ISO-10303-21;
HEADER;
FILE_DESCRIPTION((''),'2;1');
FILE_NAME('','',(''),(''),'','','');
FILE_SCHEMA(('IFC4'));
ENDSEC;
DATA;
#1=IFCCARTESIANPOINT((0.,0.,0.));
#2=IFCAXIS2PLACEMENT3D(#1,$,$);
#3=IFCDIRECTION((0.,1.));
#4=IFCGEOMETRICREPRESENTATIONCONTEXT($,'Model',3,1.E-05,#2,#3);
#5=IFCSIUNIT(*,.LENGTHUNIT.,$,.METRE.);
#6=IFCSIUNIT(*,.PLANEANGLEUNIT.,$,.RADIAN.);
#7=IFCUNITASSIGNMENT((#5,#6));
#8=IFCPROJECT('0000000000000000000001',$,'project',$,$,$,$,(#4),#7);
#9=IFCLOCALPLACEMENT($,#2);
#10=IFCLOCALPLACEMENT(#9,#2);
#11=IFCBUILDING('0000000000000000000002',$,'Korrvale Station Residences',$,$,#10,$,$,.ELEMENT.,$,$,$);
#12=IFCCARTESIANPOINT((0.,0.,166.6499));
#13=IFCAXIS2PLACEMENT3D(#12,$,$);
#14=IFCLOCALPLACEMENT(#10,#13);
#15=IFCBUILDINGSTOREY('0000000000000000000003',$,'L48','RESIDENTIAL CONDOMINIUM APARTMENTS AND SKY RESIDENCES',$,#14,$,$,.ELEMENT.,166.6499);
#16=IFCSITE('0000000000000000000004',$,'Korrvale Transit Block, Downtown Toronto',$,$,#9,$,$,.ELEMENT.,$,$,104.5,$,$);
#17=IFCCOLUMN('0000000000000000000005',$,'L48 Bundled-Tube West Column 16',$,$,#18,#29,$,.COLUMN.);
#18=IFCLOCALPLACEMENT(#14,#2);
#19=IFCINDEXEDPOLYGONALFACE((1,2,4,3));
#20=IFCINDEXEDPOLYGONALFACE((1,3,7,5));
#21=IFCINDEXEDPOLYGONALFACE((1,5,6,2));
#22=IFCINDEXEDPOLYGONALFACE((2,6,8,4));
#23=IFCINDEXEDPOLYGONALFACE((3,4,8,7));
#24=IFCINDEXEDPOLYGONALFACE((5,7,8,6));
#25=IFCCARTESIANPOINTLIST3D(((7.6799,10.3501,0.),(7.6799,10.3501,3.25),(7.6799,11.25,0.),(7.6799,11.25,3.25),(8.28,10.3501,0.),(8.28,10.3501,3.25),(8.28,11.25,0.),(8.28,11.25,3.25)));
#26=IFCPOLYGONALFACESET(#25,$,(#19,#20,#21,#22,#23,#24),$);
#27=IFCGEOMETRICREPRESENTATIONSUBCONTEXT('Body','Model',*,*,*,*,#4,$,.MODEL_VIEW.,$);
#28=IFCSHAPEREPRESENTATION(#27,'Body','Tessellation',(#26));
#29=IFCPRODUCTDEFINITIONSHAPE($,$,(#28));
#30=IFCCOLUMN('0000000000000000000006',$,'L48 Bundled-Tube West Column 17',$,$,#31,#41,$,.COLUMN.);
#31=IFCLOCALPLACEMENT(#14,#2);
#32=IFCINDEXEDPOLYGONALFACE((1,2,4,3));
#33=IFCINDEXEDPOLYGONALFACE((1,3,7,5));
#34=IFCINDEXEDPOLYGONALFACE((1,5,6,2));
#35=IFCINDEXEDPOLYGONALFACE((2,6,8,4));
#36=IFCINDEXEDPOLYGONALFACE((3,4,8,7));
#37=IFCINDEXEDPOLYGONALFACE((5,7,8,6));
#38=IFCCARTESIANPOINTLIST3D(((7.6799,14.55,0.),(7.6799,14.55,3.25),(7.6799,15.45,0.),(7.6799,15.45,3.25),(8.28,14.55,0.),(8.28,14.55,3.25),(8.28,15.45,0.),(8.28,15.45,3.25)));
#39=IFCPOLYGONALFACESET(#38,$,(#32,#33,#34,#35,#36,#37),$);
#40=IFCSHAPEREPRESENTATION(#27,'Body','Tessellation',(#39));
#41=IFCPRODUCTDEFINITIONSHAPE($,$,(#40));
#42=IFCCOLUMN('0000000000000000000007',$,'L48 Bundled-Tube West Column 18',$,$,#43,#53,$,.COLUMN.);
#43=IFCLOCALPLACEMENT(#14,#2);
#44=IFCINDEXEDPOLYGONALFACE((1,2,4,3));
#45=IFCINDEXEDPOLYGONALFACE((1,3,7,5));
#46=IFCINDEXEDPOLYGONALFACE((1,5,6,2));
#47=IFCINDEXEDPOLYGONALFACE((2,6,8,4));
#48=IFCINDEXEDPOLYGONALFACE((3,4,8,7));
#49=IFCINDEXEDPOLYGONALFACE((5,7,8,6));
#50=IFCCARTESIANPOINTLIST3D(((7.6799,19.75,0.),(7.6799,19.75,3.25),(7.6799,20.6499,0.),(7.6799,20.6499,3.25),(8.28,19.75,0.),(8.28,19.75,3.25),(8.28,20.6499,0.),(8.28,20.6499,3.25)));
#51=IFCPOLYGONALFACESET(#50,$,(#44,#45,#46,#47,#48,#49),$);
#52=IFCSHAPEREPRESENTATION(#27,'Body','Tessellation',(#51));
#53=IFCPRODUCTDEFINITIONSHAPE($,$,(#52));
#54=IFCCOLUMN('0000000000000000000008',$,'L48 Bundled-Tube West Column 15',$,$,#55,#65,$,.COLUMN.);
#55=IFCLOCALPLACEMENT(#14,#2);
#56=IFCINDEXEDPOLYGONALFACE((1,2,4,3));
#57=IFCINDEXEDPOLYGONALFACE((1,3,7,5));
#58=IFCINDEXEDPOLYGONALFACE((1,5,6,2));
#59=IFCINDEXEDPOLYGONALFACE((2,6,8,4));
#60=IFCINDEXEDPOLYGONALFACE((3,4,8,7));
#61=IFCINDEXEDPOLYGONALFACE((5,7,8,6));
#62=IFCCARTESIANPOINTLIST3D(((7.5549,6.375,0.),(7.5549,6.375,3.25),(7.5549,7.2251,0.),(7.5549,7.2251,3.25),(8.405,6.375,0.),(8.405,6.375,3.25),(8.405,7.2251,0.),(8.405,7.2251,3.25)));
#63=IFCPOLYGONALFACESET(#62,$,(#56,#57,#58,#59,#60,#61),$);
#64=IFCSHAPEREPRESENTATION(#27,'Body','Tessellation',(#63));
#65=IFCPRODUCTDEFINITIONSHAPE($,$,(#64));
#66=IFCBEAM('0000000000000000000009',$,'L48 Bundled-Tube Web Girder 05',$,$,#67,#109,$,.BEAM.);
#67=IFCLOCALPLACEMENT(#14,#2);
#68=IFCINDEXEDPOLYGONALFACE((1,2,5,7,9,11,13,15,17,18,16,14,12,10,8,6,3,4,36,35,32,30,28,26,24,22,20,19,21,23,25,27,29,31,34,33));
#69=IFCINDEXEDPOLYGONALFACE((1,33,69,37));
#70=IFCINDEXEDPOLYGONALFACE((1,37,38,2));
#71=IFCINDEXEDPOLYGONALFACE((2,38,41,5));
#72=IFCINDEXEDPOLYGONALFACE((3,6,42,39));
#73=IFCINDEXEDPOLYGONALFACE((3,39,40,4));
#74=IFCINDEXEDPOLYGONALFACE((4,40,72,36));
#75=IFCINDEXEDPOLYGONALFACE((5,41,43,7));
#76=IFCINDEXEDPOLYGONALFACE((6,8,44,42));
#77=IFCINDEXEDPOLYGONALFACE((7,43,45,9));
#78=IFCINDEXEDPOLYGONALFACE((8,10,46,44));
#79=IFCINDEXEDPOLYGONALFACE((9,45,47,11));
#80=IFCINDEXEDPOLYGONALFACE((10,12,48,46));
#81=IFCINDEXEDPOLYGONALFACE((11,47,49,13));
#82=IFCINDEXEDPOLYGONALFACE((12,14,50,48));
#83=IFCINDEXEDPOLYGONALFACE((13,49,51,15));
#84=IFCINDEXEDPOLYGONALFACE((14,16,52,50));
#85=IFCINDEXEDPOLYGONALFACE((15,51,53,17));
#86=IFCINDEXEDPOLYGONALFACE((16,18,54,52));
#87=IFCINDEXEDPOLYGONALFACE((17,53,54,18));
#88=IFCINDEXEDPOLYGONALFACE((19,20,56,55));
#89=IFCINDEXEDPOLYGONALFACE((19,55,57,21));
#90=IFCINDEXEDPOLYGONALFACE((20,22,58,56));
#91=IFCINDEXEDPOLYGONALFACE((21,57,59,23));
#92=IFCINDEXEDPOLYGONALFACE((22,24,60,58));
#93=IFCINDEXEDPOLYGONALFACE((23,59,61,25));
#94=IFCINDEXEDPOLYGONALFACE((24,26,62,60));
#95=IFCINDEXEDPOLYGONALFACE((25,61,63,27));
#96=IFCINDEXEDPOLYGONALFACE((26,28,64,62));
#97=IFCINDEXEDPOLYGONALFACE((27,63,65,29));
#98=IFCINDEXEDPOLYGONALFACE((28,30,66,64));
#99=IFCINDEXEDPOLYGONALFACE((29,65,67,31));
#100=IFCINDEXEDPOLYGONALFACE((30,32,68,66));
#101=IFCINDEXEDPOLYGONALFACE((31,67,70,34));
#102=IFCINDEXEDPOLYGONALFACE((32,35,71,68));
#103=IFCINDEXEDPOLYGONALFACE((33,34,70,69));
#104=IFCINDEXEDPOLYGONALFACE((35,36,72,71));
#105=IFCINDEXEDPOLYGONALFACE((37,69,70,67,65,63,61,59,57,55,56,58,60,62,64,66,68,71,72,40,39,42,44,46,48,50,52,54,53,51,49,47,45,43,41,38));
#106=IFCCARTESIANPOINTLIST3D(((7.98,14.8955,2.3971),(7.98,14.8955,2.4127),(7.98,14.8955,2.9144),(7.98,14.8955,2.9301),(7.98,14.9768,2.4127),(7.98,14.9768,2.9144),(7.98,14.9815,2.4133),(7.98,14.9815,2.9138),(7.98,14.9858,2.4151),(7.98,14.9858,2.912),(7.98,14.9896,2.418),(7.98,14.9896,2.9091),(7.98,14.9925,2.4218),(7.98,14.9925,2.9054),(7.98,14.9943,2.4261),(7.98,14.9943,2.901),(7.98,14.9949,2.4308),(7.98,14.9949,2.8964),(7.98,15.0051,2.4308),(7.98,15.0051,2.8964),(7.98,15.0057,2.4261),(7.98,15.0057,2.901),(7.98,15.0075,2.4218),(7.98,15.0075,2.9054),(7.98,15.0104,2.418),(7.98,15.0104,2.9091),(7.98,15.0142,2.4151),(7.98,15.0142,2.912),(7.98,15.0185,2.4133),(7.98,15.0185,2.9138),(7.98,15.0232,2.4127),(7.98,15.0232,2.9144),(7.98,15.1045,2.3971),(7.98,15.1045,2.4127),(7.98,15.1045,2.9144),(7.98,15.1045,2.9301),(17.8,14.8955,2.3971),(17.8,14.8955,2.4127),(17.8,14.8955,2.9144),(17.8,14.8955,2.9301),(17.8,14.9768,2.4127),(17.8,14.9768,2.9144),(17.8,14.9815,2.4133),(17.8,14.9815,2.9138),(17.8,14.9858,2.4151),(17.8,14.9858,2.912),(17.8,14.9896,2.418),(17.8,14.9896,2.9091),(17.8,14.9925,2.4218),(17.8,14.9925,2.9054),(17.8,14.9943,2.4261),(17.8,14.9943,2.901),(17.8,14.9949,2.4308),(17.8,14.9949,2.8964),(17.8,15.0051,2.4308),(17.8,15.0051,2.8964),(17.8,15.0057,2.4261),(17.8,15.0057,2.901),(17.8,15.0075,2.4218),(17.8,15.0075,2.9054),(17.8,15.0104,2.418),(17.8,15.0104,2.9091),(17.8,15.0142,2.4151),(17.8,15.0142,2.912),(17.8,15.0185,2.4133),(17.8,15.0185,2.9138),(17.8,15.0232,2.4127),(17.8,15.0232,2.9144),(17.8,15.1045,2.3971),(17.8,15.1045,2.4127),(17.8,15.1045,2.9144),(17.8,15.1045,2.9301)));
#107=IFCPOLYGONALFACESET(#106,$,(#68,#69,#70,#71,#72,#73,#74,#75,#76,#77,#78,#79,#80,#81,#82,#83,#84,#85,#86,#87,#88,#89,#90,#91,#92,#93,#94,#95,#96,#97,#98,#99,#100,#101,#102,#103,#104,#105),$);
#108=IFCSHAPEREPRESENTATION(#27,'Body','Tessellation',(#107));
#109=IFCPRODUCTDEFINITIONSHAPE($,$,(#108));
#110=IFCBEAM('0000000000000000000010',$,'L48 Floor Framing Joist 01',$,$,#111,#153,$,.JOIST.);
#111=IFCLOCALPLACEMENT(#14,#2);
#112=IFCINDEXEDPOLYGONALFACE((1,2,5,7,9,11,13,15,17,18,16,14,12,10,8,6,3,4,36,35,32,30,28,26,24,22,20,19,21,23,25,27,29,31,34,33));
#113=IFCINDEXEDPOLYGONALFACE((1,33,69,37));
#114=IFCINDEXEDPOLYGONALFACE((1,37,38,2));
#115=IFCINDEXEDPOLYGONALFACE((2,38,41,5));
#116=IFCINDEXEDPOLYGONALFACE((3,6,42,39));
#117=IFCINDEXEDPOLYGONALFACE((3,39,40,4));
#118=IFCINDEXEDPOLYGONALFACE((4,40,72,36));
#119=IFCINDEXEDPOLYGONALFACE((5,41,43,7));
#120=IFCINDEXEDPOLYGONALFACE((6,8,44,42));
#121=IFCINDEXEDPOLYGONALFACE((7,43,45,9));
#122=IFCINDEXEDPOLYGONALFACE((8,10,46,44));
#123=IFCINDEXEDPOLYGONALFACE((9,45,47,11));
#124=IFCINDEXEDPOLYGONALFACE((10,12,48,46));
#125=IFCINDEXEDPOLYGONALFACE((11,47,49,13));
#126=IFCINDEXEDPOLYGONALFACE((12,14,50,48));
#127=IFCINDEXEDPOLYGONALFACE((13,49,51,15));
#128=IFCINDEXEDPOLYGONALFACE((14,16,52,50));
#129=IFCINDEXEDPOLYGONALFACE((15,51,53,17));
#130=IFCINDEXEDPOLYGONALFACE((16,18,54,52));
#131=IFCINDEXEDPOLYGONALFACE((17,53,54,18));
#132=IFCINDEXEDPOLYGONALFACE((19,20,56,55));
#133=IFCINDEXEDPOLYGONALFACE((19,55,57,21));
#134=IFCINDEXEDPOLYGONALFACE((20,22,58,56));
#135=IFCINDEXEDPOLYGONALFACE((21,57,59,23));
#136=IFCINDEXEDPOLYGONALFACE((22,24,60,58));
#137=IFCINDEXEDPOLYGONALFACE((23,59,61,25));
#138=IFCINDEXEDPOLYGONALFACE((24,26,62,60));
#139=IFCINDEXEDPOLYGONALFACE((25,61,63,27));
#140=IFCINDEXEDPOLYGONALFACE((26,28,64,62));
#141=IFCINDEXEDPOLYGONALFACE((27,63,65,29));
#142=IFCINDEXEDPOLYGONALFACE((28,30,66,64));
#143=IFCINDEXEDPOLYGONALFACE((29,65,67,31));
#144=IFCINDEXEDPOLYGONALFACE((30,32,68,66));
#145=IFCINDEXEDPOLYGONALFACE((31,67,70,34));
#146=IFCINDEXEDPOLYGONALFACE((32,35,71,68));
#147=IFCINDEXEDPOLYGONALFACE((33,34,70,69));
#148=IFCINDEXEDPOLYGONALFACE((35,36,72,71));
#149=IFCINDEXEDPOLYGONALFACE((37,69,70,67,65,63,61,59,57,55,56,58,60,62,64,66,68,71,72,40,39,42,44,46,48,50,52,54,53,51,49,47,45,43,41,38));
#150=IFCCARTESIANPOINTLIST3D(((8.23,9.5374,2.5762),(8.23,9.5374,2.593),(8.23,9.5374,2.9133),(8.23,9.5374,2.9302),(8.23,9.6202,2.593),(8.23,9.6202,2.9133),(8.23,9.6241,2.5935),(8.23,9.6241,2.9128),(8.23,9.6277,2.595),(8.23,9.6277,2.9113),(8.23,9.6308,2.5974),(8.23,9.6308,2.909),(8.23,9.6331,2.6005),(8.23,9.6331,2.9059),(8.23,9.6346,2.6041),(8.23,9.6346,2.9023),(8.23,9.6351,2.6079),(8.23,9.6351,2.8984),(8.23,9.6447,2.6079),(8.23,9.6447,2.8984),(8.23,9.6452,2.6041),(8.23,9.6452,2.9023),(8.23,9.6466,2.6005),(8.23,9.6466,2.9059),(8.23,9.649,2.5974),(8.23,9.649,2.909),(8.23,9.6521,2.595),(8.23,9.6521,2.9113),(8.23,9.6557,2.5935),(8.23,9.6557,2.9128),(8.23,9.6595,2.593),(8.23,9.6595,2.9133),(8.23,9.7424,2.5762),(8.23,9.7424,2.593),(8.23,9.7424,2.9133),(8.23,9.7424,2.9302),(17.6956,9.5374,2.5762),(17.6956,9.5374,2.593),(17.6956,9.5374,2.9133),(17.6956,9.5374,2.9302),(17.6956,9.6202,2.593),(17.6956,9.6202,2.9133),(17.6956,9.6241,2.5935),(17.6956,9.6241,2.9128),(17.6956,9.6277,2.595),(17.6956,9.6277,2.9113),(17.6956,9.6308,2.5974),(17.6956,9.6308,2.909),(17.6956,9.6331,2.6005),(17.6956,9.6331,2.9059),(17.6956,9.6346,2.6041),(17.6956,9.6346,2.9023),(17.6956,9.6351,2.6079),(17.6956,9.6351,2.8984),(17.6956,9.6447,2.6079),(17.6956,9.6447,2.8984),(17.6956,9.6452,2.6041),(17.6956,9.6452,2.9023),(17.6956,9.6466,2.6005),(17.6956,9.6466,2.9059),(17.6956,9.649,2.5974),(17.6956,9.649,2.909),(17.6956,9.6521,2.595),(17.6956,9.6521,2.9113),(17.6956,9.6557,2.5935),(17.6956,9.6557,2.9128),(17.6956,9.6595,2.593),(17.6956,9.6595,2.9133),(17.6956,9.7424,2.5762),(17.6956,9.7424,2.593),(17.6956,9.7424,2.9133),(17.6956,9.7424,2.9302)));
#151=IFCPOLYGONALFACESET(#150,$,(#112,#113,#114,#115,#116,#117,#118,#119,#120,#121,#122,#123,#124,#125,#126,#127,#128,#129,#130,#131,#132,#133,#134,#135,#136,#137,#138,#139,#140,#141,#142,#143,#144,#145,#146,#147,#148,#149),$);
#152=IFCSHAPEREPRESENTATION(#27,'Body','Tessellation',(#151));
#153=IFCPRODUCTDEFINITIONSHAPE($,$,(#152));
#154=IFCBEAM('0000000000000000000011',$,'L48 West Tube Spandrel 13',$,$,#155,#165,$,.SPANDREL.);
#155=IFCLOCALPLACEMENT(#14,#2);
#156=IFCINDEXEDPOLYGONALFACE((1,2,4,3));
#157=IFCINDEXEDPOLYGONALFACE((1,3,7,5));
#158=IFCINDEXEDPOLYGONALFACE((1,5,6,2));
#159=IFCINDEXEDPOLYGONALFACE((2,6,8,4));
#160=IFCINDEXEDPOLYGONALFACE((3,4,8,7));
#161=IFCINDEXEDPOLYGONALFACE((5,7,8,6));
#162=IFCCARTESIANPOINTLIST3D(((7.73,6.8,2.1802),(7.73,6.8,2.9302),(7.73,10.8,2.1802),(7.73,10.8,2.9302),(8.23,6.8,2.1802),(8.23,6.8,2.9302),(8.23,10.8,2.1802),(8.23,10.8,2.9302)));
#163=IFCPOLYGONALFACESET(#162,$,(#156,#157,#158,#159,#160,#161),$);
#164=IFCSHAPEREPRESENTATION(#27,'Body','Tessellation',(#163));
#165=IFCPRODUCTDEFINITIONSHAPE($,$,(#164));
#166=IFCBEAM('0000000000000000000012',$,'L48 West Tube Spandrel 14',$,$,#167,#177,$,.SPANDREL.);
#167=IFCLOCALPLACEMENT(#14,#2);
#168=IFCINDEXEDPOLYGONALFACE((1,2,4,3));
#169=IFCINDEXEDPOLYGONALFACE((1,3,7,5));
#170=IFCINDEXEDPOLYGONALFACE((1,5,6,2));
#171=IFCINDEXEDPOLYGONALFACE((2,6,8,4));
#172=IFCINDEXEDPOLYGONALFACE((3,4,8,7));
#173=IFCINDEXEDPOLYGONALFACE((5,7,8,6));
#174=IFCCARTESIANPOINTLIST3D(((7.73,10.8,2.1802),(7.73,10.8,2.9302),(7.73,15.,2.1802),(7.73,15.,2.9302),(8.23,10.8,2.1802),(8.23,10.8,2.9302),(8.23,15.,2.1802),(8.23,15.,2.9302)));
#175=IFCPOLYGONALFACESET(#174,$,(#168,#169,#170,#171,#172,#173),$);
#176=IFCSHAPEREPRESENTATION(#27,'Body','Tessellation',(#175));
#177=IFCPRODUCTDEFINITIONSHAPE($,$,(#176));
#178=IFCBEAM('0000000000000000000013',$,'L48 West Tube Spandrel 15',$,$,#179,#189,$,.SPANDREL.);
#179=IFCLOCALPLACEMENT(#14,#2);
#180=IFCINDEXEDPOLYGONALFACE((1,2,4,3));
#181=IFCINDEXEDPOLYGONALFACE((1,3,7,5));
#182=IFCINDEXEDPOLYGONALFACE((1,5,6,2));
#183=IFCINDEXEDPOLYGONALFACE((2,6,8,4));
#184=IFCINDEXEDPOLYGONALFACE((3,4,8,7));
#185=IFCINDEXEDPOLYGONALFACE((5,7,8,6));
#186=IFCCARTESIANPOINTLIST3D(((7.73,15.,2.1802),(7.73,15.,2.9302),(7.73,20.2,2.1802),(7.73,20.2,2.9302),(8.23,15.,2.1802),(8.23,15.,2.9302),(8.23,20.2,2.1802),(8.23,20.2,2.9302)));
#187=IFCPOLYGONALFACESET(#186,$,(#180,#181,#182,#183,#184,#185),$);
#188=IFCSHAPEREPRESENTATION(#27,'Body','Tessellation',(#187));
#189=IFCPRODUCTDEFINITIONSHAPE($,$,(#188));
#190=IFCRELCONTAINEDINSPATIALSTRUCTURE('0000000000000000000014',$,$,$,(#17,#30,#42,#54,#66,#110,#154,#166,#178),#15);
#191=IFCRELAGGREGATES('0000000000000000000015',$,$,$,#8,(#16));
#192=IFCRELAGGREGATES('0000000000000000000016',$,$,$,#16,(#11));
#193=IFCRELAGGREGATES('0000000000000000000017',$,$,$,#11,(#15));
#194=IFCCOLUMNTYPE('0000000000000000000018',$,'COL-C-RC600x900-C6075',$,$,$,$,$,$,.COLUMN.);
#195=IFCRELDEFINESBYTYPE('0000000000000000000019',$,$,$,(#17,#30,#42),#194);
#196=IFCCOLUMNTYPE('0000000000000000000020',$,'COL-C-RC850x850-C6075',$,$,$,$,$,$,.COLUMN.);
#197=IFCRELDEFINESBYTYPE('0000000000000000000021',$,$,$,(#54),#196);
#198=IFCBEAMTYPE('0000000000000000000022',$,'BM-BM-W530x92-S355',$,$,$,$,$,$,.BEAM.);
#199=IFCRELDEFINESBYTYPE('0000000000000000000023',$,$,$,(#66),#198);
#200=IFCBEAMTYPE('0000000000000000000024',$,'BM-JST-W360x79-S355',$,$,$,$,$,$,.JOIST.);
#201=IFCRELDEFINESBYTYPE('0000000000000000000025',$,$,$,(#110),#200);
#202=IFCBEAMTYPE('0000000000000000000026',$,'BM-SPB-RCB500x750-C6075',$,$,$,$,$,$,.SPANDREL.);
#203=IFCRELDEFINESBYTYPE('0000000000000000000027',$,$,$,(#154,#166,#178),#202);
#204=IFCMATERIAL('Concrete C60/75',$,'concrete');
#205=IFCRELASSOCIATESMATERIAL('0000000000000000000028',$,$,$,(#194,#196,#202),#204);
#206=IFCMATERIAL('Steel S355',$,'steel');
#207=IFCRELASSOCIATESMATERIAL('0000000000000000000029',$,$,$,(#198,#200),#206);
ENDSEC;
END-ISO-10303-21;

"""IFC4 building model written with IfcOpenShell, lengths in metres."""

from ifc_helpers import new_model, si_unit, direction, frame, origin, origin_2d, place, context, subcontext, project, spatial, rectangle, i_section, extrude, material, material_profile, profile_set, type_object, element, save


model = new_model("IFC4")

# Units and contexts
model_context = context("Model", 3, precision=1e-05, world=origin(), true_north=direction((0.0, 1.0)))
body_context = subcontext(model_context, "Body", "Model", "MODEL_VIEW")
ifc_project = project(units=[si_unit("LENGTHUNIT", "METRE"), si_unit("PLANEANGLEUNIT", "RADIAN")], contexts=[model_context])

# Site, building, storey
site_placement = place(None, origin())
site = spatial("IfcSite", under=ifc_project, at=site_placement, Name="Korrvale Transit Block, Downtown Toronto", CompositionType="ELEMENT", RefElevation=104.5)
building_placement = place(site_placement, origin())
building = spatial("IfcBuilding", under=site, at=building_placement, Name="Korrvale Station Residences", CompositionType="ELEMENT")
storey_placement = place(building_placement, frame((0.0, 0.0, 166.6499)))
storey = spatial("IfcBuildingStorey", under=building, at=storey_placement, Name="L48", Description="RESIDENTIAL CONDOMINIUM APARTMENTS AND SKY RESIDENCES", CompositionType="ELEMENT", Elevation=166.6499)

# Columns
ifc_material_1 = material(Name="Concrete C60/75", Category="concrete")
ifc_material_profile_1 = material_profile(ifc_material_1, rectangle(XDim=0.6001, YDim=0.8999, at=origin_2d()), Name="RC600x900")
ifc_profile_set_1 = profile_set([ifc_material_profile_1], Name="Concrete C60/75")
column_type_1 = type_object("IfcColumnType", Name="COL-C-RC600x900-C6075", PredefinedType="COLUMN", material=ifc_profile_set_1)
for number, where, z_axis, x_axis, name in (
    (1, (7.98, 10.8, 0.0), (0.0, 0.0, 1.0), (1.0, 0.0, 0.0), "L48 Bundled-Tube West Column 16"),
    (2, (7.98, 15.0, 0.0), (0.0, 0.0, 1.0), (1.0, 0.0, 0.0), "L48 Bundled-Tube West Column 17"),
    (3, (7.98, 20.2, 0.0), (0.0, 0.0, 1.0), (1.0, 0.0, 0.0), "L48 Bundled-Tube West Column 18"),
):
    element("IfcColumn", number, at=place(storey_placement, frame(where, z_axis=z_axis, x_axis=x_axis)), inside=storey, type_object=column_type_1, Name=name, PredefinedType="COLUMN", context=body_context, shape_type="SweptSolid", body=[
        extrude(rectangle(XDim=0.6001, YDim=0.8999, at=origin_2d()), origin(), (0.0, 0.0, 1.0), 3.25),
    ])
ifc_material_profile_2 = material_profile(ifc_material_1, rectangle(XDim=0.8501, YDim=0.8501, at=origin_2d()), Name="RC850x850")
ifc_profile_set_2 = profile_set([ifc_material_profile_2], Name="Concrete C60/75")
column_type_2 = type_object("IfcColumnType", Name="COL-C-RC850x850-C6075", PredefinedType="COLUMN", material=ifc_profile_set_2)
column_placement = place(storey_placement, frame((7.98, 6.8, 0.0), z_axis=(0.0, 0.0, 1.0), x_axis=(1.0, 0.0, 0.0)))
element("IfcColumn", 4, at=column_placement, inside=storey, type_object=column_type_2, Name="L48 Bundled-Tube West Column 15", PredefinedType="COLUMN", context=body_context, shape_type="SweptSolid", body=[
    extrude(rectangle(XDim=0.8501, YDim=0.8501, at=origin_2d()), origin(), (0.0, 0.0, 1.0), 3.25),
])

# Beams
ifc_material_2 = material(Name="Steel S355", Category="steel")
ifc_material_profile_3 = material_profile(ifc_material_2, i_section(OverallWidth=0.209, OverallDepth=0.533, WebThickness=0.0103, FlangeThickness=0.0156, FilletRadius=0.0181, at=origin_2d()), Name="W530x92")
ifc_profile_set_3 = profile_set([ifc_material_profile_3], Name="Steel S355")
beam_type_1 = type_object("IfcBeamType", Name="BM-BM-W530x92-S355", PredefinedType="BEAM", material=ifc_profile_set_3)
beam_1_placement = place(storey_placement, frame((7.98, 15.0, 2.6636), z_axis=(1.0, 0.0, 0.0), x_axis=(0.0, 1.0, 0.0)))
element("IfcBeam", 5, at=beam_1_placement, inside=storey, type_object=beam_type_1, Name="L48 Bundled-Tube Web Girder 05", PredefinedType="BEAM", context=body_context, shape_type="SweptSolid", body=[
    extrude(i_section(OverallWidth=0.209, OverallDepth=0.533, WebThickness=0.0103, FlangeThickness=0.0156, FilletRadius=0.0181, at=origin_2d()), origin(), (0.0, 0.0, 1.0), 9.8201),
])
ifc_material_profile_4 = material_profile(ifc_material_2, i_section(OverallWidth=0.2051, OverallDepth=0.354, WebThickness=0.0095, FlangeThickness=0.0168, FilletRadius=0.0149, at=origin_2d()), Name="W360x79")
ifc_profile_set_4 = profile_set([ifc_material_profile_4], Name="Steel S355")
beam_type_2 = type_object("IfcBeamType", Name="BM-JST-W360x79-S355", PredefinedType="JOIST", material=ifc_profile_set_4)
beam_2_placement = place(storey_placement, frame((8.23, 9.6399, 2.7532), z_axis=(1.0, 0.0, 0.0), x_axis=(0.0, 1.0, 0.0)))
element("IfcBeam", 6, at=beam_2_placement, inside=storey, type_object=beam_type_2, Name="L48 Floor Framing Joist 01", PredefinedType="JOIST", context=body_context, shape_type="SweptSolid", body=[
    extrude(i_section(OverallWidth=0.2051, OverallDepth=0.354, WebThickness=0.0095, FlangeThickness=0.0168, FilletRadius=0.0149, at=origin_2d()), origin(), (0.0, 0.0, 1.0), 9.4656),
])
ifc_material_profile_5 = material_profile(ifc_material_1, rectangle(XDim=0.5, YDim=0.75, at=origin_2d()), Name="RCB500x750")
ifc_profile_set_5 = profile_set([ifc_material_profile_5], Name="Concrete C60/75")
beam_type_3 = type_object("IfcBeamType", Name="BM-SPB-RCB500x750-C6075", PredefinedType="SPANDREL", material=ifc_profile_set_5)
beam_3_placement = place(storey_placement, frame((7.98, 6.8, 2.5552), z_axis=(0.0, 1.0, 0.0), x_axis=(-1.0, 0.0, 0.0)))
element("IfcBeam", 7, at=beam_3_placement, inside=storey, type_object=beam_type_3, Name="L48 West Tube Spandrel 13", PredefinedType="SPANDREL", context=body_context, shape_type="SweptSolid", body=[
    extrude(rectangle(XDim=0.5, YDim=0.75, at=origin_2d()), origin(), (0.0, 0.0, 1.0), 4.0),
])
beam_4_placement = place(storey_placement, frame((7.98, 10.8, 2.5552), z_axis=(0.0, 1.0, 0.0), x_axis=(-1.0, 0.0, 0.0)))
element("IfcBeam", 8, at=beam_4_placement, inside=storey, type_object=beam_type_3, Name="L48 West Tube Spandrel 14", PredefinedType="SPANDREL", context=body_context, shape_type="SweptSolid", body=[
    extrude(rectangle(XDim=0.5, YDim=0.75, at=origin_2d()), origin(), (0.0, 0.0, 1.0), 4.2),
])
beam_5_placement = place(storey_placement, frame((7.98, 15.0, 2.5552), z_axis=(0.0, 1.0, 0.0), x_axis=(-1.0, 0.0, 0.0)))
element("IfcBeam", 9, at=beam_5_placement, inside=storey, type_object=beam_type_3, Name="L48 West Tube Spandrel 15", PredefinedType="SPANDREL", context=body_context, shape_type="SweptSolid", body=[
    extrude(rectangle(XDim=0.5, YDim=0.75, at=origin_2d()), origin(), (0.0, 0.0, 1.0), 5.2),
])

save(model, "model.ifc")
